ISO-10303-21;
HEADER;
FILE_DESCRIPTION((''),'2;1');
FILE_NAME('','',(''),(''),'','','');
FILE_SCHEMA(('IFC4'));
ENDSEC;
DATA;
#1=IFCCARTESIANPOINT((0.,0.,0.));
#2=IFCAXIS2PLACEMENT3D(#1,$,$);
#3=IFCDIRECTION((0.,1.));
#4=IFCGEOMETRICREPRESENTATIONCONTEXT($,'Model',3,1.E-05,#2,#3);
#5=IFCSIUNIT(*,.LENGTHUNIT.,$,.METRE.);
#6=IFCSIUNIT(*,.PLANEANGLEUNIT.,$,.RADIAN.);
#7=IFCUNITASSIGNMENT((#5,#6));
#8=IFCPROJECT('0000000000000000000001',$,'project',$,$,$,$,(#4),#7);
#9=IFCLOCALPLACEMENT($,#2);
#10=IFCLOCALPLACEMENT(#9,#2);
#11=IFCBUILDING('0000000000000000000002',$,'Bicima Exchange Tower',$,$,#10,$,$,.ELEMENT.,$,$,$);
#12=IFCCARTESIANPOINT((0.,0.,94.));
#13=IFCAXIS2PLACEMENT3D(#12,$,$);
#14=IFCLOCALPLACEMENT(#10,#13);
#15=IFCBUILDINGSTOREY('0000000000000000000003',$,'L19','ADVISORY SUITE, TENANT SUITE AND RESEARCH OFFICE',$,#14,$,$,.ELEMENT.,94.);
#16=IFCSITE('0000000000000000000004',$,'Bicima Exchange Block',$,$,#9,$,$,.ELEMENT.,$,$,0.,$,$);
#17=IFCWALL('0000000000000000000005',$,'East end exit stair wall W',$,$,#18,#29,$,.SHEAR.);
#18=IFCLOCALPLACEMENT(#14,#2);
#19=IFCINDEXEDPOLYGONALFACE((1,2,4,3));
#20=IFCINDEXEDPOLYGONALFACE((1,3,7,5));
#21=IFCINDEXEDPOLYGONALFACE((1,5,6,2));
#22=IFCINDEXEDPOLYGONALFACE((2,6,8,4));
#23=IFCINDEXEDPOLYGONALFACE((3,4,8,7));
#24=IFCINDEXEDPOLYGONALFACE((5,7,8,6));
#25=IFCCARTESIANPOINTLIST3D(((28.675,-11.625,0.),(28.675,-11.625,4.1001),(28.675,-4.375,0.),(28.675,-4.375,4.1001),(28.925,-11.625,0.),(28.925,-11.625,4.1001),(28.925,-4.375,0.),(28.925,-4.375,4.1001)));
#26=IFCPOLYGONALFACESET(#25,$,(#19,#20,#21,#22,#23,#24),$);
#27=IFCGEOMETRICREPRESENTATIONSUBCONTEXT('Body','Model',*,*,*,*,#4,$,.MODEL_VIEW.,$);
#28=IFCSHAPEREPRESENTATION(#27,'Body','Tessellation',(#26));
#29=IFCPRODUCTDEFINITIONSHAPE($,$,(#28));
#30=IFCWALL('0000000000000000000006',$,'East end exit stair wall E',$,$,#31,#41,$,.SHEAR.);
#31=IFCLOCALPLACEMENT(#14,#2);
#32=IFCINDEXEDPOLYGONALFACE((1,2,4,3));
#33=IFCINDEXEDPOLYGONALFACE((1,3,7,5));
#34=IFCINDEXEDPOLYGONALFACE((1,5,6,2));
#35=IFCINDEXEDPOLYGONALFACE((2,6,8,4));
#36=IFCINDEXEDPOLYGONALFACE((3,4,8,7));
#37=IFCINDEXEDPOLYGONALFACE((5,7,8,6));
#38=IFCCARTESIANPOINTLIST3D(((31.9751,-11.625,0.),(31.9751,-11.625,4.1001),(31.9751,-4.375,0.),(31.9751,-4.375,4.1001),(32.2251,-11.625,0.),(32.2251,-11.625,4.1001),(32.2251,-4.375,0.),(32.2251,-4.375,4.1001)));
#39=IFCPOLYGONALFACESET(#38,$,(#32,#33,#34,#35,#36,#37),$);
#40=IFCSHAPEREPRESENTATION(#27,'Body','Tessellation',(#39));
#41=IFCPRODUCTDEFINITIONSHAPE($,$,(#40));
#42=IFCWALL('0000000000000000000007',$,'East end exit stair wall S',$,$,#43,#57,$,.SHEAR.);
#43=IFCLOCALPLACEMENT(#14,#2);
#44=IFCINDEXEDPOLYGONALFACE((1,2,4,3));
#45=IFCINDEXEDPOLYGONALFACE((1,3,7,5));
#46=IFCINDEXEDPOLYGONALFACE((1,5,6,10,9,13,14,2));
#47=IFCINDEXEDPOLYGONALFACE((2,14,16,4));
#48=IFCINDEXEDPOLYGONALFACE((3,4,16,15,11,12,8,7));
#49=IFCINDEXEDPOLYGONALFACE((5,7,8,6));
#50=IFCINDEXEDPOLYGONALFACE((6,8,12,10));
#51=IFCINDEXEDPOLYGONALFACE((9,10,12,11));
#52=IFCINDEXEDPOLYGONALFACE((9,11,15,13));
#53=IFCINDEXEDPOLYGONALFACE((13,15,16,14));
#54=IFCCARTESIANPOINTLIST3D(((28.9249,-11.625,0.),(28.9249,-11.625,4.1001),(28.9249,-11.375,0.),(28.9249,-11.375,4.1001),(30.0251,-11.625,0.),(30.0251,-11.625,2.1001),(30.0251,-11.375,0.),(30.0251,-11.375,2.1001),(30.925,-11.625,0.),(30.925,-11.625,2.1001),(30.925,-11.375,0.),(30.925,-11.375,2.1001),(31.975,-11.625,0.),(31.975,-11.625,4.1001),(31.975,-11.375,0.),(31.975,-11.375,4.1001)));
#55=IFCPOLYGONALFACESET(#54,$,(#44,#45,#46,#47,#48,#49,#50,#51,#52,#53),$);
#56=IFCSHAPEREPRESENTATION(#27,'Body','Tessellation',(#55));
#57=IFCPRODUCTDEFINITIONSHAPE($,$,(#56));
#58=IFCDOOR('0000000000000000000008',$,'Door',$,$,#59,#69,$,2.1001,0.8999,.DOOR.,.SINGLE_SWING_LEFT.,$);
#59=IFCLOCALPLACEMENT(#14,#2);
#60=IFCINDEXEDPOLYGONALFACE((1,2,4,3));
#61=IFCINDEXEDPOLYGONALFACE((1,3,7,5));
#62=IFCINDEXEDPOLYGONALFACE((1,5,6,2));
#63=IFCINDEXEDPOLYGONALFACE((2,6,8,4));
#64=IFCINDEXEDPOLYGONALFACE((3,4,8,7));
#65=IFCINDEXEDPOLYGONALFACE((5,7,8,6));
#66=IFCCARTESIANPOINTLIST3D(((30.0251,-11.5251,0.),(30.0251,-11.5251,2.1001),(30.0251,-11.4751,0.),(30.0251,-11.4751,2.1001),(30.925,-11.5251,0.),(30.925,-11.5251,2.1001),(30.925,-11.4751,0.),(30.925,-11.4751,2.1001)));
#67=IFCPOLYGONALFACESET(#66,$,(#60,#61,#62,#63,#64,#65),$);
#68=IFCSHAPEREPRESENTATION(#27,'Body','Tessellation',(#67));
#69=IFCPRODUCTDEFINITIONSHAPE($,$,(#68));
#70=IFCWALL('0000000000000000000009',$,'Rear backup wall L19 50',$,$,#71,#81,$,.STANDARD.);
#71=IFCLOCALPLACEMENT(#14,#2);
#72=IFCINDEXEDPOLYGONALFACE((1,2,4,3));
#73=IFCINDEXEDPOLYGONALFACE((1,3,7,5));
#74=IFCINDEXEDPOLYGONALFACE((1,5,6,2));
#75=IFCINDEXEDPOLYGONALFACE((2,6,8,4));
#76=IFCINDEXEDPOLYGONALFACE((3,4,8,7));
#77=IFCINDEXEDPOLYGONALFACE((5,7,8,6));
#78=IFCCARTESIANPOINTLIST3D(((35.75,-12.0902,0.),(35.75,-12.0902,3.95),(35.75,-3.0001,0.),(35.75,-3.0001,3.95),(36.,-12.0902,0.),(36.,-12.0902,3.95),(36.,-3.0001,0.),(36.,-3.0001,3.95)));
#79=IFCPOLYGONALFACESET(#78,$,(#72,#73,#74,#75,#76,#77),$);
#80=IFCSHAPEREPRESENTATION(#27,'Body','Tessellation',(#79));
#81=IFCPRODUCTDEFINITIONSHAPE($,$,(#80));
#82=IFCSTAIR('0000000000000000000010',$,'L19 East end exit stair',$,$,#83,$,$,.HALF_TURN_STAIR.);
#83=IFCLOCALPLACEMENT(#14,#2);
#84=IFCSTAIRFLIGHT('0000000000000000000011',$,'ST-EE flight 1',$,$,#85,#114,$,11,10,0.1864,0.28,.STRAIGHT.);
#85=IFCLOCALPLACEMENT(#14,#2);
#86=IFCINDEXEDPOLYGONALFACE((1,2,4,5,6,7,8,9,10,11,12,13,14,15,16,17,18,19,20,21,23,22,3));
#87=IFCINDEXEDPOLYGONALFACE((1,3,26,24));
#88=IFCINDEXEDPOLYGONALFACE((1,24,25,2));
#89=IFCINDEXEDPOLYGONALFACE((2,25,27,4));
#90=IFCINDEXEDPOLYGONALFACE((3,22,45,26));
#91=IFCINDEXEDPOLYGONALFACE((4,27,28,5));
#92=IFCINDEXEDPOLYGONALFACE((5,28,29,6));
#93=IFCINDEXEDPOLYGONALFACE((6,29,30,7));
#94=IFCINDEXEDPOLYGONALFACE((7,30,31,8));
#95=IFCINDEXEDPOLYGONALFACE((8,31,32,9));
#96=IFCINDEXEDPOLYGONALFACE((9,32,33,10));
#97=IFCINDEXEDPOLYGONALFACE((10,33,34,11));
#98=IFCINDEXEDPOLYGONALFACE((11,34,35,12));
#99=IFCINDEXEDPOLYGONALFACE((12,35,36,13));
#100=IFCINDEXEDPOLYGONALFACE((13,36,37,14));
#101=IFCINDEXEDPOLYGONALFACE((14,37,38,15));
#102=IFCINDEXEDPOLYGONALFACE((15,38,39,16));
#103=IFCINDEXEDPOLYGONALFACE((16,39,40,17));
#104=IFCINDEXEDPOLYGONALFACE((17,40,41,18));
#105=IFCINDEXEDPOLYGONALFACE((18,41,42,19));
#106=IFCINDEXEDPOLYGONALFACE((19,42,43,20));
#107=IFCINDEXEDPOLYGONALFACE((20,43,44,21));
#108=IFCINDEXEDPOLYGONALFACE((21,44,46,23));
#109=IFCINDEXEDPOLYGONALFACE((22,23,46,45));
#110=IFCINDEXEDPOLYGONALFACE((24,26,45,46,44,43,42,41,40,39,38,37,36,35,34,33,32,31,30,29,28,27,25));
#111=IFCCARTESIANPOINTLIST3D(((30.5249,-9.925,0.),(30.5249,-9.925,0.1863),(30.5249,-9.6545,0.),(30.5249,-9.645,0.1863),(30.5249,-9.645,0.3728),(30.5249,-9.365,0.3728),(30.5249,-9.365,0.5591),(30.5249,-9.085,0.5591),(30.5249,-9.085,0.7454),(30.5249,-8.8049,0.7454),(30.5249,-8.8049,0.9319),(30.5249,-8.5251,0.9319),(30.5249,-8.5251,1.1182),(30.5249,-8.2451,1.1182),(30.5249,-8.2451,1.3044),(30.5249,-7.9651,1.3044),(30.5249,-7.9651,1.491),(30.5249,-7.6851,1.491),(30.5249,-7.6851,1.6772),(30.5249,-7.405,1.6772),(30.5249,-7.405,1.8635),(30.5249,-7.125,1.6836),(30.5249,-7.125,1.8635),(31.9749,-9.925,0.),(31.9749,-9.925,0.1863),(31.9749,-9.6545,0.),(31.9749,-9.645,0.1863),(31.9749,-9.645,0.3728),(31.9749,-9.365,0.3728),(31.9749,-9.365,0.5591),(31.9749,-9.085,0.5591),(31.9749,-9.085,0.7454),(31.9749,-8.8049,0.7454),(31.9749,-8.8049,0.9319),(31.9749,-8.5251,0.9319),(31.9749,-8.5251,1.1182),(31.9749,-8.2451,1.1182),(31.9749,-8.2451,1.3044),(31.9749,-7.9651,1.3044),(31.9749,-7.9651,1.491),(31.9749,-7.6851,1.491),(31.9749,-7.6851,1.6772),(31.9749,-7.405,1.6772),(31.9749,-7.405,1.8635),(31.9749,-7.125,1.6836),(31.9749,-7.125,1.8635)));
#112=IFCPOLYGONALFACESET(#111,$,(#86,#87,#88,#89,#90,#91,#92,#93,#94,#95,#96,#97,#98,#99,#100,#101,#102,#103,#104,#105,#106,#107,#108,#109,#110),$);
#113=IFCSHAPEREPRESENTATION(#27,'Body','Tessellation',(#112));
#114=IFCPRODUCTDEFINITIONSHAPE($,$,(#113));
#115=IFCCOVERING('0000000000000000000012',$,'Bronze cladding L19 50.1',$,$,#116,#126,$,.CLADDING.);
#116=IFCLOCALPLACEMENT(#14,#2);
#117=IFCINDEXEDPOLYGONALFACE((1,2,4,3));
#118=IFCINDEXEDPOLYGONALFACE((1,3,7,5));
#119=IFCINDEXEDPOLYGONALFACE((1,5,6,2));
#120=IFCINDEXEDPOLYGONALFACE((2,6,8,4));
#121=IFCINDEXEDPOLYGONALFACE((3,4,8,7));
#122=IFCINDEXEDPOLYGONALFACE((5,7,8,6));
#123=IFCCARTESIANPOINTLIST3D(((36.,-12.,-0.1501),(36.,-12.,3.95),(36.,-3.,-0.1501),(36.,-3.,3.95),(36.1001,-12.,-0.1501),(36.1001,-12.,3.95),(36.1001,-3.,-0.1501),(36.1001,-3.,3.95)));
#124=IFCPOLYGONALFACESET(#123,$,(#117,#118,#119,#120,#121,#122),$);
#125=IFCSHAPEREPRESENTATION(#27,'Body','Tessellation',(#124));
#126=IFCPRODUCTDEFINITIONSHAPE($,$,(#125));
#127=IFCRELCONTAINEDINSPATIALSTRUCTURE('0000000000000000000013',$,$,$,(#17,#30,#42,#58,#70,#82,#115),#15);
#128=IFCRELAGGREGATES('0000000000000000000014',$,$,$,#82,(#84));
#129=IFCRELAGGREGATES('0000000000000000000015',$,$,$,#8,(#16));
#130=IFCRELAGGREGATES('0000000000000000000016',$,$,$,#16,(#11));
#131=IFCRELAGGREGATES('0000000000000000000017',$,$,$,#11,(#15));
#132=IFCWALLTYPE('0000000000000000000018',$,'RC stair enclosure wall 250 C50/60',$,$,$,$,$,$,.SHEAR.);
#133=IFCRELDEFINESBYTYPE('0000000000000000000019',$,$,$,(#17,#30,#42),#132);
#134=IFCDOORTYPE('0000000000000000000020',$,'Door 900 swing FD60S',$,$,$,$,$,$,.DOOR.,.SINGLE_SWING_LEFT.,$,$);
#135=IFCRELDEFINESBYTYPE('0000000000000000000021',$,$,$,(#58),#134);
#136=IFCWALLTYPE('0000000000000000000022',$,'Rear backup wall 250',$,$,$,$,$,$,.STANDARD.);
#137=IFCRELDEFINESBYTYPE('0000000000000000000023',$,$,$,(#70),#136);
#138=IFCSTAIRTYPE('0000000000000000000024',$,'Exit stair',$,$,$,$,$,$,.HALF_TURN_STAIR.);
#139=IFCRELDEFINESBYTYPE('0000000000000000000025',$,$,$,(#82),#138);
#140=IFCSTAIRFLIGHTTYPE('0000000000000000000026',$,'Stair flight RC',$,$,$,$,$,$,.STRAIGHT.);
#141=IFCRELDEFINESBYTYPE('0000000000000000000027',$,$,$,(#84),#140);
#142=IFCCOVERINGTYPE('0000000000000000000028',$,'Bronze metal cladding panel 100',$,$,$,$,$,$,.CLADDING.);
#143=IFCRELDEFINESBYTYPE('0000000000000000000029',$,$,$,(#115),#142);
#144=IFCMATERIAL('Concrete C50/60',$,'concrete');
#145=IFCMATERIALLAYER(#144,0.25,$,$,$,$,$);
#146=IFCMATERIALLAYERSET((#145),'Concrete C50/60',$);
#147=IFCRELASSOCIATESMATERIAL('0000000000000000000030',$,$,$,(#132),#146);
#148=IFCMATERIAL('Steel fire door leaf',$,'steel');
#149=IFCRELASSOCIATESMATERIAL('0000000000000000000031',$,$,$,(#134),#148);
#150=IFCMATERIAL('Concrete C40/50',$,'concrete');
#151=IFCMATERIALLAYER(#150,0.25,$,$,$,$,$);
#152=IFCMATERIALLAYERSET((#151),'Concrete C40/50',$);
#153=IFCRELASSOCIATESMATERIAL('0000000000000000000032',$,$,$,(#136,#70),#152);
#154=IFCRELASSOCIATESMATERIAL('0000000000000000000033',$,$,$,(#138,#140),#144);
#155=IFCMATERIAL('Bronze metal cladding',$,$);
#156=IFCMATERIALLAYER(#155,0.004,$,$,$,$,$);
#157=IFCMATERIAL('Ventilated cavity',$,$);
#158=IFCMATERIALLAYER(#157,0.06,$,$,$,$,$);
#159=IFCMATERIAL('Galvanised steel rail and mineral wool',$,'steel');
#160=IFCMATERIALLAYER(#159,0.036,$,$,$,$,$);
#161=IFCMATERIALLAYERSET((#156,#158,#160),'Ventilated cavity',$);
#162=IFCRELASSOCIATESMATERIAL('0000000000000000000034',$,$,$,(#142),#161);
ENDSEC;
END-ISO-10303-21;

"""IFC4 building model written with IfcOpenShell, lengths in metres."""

from ifc_helpers import new_model, si_unit, direction, frame, frame_2d, origin, origin_2d, place, context, subcontext, project, spatial, polyline, rectangle, outline, extrude, material, layer, layer_set, layer_usage, type_object, element, fill, aggregate, save


model = new_model("IFC4")

# Units and contexts
model_context = context("Model", 3, precision=1e-05, world=origin(), true_north=direction((0.0, 1.0)))
body_context = subcontext(model_context, "Body", "Model", "MODEL_VIEW")
ifc_project = project(units=[si_unit("LENGTHUNIT", "METRE"), si_unit("PLANEANGLEUNIT", "RADIAN")], contexts=[model_context])

# Site, building, storey
site_placement = place(None, origin())
site = spatial("IfcSite", under=ifc_project, at=site_placement, Name="Bicima Exchange Block", CompositionType="ELEMENT", RefElevation=0.0)
building_placement = place(site_placement, origin())
building = spatial("IfcBuilding", under=site, at=building_placement, Name="Bicima Exchange Tower", CompositionType="ELEMENT")
storey_placement = place(building_placement, frame((0.0, 0.0, 94.0)))
storey = spatial("IfcBuildingStorey", under=building, at=storey_placement, Name="L19", Description="ADVISORY SUITE, TENANT SUITE AND RESEARCH OFFICE", CompositionType="ELEMENT", Elevation=94.0)

# Shared definitions
ifc_material_1 = material(Name="Steel fire door leaf", Category="steel")

# Walls
ifc_material_2 = material(Name="Concrete C50/60", Category="concrete")
ifc_layer_1 = layer(ifc_material_2, 0.25)
ifc_layer_set_1 = layer_set([ifc_layer_1], Name="Concrete C50/60")
wall_type_1 = type_object("IfcWallType", Name="RC stair enclosure wall 250 C50/60", PredefinedType="SHEAR", material=ifc_layer_set_1)
for number, where, z_axis, x_axis, name in (
    (1, (28.8, -11.625, 0.0), (0.0, 0.0, 1.0), (0.0, 1.0, 0.0), "East end exit stair wall W"),
    (2, (32.1001, -11.625, 0.0), (0.0, 0.0, 1.0), (0.0, 1.0, 0.0), "East end exit stair wall E"),
):
    element("IfcWall", number, at=place(storey_placement, frame(where, z_axis=z_axis, x_axis=x_axis)), inside=storey, type_object=wall_type_1, Name=name, PredefinedType="SHEAR", context=body_context, shape_type="SweptSolid", body=[
        extrude(rectangle(XDim=7.25, YDim=0.25, at=frame_2d((3.625, 0.0))), origin(), (0.0, 0.0, 1.0), 4.1001),
    ])

# Wall, opening, door
wall_1_placement = place(storey_placement, frame((28.925, -11.5, 0.0), z_axis=(0.0, 0.0, 1.0), x_axis=(1.0, 0.0, 0.0)))
wall_1 = element("IfcWall", 3, at=wall_1_placement, inside=storey, type_object=wall_type_1, Name="East end exit stair wall S", PredefinedType="SHEAR", context=body_context, shape_type="SweptSolid", body=[
    extrude(rectangle(XDim=3.05, YDim=0.25, at=frame_2d((1.5249, 0.0))), origin(), (0.0, 0.0, 1.0), 4.1001),
])
opening_1_placement = place(wall_1_placement, frame((1.1001, 0.0, 0.0)))
opening_1 = element("IfcOpeningElement", 4, at=opening_1_placement, cuts=wall_1, PredefinedType="OPENING", context=body_context, shape_type="SweptSolid", body=[
    extrude(rectangle(XDim=0.8999, YDim=2.1001, at=frame_2d((0.45, 1.05))), frame((0.0, 0.137, 0.0), z_axis=(0.0, -1.0, 0.0), x_axis=(1.0, 0.0, 0.0)), (0.0, 0.0, 1.0), 0.2739),
])
door_type_1 = type_object("IfcDoorType", Name="Door 900 swing FD60S", OperationType="SINGLE_SWING_LEFT", PredefinedType="DOOR", material=ifc_material_1)
door_1_placement = place(opening_1_placement, origin())
door_1 = element("IfcDoor", 5, at=door_1_placement, inside=storey, type_object=door_type_1, Name="Door", OperationType="SINGLE_SWING_LEFT", OverallHeight=2.1001, OverallWidth=0.8999, PredefinedType="DOOR", context=body_context, shape_type="SweptSolid", body=[
    extrude(rectangle(XDim=0.8999, YDim=2.1001, at=frame_2d((0.45, 1.05))), frame((0.0, 0.0249, 0.0), z_axis=(0.0, -1.0, 0.0), x_axis=(1.0, 0.0, 0.0)), (0.0, 0.0, 1.0), 0.05),
])
fill(opening_1, door_1)

# Wall
ifc_material_3 = material(Name="Concrete C40/50", Category="concrete")
ifc_layer_2 = layer(ifc_material_3, 0.25)
ifc_layer_set_2 = layer_set([ifc_layer_2], Name="Concrete C40/50")
ifc_layer_usage = layer_usage(ifc_layer_set_2, "AXIS2", "POSITIVE", -0.125)
wall_type_2 = type_object("IfcWallType", Name="Rear backup wall 250", PredefinedType="STANDARD", material=ifc_layer_set_2)
wall_2_placement = place(storey_placement, frame((35.875, -12.0901, 0.0), z_axis=(0.0, 0.0, 1.0), x_axis=(0.0, 1.0, 0.0)))
element("IfcWall", 6, at=wall_2_placement, inside=storey, type_object=wall_type_2, material=ifc_layer_usage, Name="Rear backup wall L19 50", PredefinedType="STANDARD", context=body_context, shape_type="SweptSolid", body=[
    extrude(rectangle(XDim=9.0901, YDim=0.25, at=frame_2d((4.5449, 0.0))), origin(), (0.0, 0.0, 1.0), 3.95),
])

# Stair, stair flight
stair_type = type_object("IfcStairType", Name="Exit stair", PredefinedType="HALF_TURN_STAIR", material=ifc_material_2)
stair_placement = place(storey_placement, origin())
stair = element("IfcStair", 7, at=stair_placement, inside=storey, type_object=stair_type, Name="L19 East end exit stair", PredefinedType="HALF_TURN_STAIR")
stair_flight_type = type_object("IfcStairFlightType", Name="Stair flight RC", PredefinedType="STRAIGHT", material=ifc_material_2)
stair_flight_placement = place(storey_placement, frame((31.25, -9.925, 0.0), z_axis=(0.0, 0.0, 1.0), x_axis=(0.0, 1.0, 0.0)))
stair_flight = element("IfcStairFlight", 8, at=stair_flight_placement, type_object=stair_flight_type, Name="ST-EE flight 1", NumberOfRisers=11, NumberOfTreads=10, PredefinedType="STRAIGHT", RiserHeight=0.1864, TreadLength=0.28, context=body_context, shape_type="SweptSolid", body=[
    extrude(outline(polyline([(0.0, 0.0), (0.0, 0.1863), (0.28, 0.1863), (0.28, 0.3728), (0.5601, 0.3728), (0.5601, 0.5591), (0.8401, 0.5591), (0.8401, 0.7454), (1.1201, 0.7454), (1.1201, 0.9319), (1.3999, 0.9319), (1.3999, 1.1182), (1.6799, 1.1182), (1.6799, 1.3044), (1.96, 1.3044), (1.96, 1.491), (2.24, 1.491), (2.24, 1.6772), (2.52, 1.6772), (2.52, 1.8635), (2.8, 1.8635), (2.8, 2.05), (2.8, 1.6836), (0.2705, 0.0), (0.0, 0.0)])), frame((0.0, 0.7251, 0.0), z_axis=(0.0, -1.0, 0.0), x_axis=(1.0, 0.0, 0.0)), (0.0, 0.0, 1.0), 1.45),
])
aggregate(stair, [stair_flight])

# Covering
ifc_material_4 = material(Name="Bronze metal cladding")
ifc_layer_3 = layer(ifc_material_4, 0.004)
ifc_material_5 = material(Name="Ventilated cavity")
ifc_layer_4 = layer(ifc_material_5, 0.06)
ifc_material_6 = material(Name="Galvanised steel rail and mineral wool", Category="steel")
ifc_layer_5 = layer(ifc_material_6, 0.036)
ifc_layer_set_3 = layer_set([ifc_layer_3, ifc_layer_4, ifc_layer_5], Name="Ventilated cavity")
covering_type = type_object("IfcCoveringType", Name="Bronze metal cladding panel 100", PredefinedType="CLADDING", material=ifc_layer_set_3)
covering_placement = place(storey_placement, frame((36.05, -7.5, -0.1501), z_axis=(0.0, 0.0, 1.0), x_axis=(0.0, 1.0, 0.0)))
element("IfcCovering", 9, at=covering_placement, inside=storey, type_object=covering_type, Name="Bronze cladding L19 50.1", PredefinedType="CLADDING", context=body_context, shape_type="SweptSolid", body=[
    extrude(rectangle(XDim=9.0, YDim=0.1001, at=origin_2d()), origin(), (0.0, 0.0, 1.0), 4.1001),
])

save(model, "model.ifc")
